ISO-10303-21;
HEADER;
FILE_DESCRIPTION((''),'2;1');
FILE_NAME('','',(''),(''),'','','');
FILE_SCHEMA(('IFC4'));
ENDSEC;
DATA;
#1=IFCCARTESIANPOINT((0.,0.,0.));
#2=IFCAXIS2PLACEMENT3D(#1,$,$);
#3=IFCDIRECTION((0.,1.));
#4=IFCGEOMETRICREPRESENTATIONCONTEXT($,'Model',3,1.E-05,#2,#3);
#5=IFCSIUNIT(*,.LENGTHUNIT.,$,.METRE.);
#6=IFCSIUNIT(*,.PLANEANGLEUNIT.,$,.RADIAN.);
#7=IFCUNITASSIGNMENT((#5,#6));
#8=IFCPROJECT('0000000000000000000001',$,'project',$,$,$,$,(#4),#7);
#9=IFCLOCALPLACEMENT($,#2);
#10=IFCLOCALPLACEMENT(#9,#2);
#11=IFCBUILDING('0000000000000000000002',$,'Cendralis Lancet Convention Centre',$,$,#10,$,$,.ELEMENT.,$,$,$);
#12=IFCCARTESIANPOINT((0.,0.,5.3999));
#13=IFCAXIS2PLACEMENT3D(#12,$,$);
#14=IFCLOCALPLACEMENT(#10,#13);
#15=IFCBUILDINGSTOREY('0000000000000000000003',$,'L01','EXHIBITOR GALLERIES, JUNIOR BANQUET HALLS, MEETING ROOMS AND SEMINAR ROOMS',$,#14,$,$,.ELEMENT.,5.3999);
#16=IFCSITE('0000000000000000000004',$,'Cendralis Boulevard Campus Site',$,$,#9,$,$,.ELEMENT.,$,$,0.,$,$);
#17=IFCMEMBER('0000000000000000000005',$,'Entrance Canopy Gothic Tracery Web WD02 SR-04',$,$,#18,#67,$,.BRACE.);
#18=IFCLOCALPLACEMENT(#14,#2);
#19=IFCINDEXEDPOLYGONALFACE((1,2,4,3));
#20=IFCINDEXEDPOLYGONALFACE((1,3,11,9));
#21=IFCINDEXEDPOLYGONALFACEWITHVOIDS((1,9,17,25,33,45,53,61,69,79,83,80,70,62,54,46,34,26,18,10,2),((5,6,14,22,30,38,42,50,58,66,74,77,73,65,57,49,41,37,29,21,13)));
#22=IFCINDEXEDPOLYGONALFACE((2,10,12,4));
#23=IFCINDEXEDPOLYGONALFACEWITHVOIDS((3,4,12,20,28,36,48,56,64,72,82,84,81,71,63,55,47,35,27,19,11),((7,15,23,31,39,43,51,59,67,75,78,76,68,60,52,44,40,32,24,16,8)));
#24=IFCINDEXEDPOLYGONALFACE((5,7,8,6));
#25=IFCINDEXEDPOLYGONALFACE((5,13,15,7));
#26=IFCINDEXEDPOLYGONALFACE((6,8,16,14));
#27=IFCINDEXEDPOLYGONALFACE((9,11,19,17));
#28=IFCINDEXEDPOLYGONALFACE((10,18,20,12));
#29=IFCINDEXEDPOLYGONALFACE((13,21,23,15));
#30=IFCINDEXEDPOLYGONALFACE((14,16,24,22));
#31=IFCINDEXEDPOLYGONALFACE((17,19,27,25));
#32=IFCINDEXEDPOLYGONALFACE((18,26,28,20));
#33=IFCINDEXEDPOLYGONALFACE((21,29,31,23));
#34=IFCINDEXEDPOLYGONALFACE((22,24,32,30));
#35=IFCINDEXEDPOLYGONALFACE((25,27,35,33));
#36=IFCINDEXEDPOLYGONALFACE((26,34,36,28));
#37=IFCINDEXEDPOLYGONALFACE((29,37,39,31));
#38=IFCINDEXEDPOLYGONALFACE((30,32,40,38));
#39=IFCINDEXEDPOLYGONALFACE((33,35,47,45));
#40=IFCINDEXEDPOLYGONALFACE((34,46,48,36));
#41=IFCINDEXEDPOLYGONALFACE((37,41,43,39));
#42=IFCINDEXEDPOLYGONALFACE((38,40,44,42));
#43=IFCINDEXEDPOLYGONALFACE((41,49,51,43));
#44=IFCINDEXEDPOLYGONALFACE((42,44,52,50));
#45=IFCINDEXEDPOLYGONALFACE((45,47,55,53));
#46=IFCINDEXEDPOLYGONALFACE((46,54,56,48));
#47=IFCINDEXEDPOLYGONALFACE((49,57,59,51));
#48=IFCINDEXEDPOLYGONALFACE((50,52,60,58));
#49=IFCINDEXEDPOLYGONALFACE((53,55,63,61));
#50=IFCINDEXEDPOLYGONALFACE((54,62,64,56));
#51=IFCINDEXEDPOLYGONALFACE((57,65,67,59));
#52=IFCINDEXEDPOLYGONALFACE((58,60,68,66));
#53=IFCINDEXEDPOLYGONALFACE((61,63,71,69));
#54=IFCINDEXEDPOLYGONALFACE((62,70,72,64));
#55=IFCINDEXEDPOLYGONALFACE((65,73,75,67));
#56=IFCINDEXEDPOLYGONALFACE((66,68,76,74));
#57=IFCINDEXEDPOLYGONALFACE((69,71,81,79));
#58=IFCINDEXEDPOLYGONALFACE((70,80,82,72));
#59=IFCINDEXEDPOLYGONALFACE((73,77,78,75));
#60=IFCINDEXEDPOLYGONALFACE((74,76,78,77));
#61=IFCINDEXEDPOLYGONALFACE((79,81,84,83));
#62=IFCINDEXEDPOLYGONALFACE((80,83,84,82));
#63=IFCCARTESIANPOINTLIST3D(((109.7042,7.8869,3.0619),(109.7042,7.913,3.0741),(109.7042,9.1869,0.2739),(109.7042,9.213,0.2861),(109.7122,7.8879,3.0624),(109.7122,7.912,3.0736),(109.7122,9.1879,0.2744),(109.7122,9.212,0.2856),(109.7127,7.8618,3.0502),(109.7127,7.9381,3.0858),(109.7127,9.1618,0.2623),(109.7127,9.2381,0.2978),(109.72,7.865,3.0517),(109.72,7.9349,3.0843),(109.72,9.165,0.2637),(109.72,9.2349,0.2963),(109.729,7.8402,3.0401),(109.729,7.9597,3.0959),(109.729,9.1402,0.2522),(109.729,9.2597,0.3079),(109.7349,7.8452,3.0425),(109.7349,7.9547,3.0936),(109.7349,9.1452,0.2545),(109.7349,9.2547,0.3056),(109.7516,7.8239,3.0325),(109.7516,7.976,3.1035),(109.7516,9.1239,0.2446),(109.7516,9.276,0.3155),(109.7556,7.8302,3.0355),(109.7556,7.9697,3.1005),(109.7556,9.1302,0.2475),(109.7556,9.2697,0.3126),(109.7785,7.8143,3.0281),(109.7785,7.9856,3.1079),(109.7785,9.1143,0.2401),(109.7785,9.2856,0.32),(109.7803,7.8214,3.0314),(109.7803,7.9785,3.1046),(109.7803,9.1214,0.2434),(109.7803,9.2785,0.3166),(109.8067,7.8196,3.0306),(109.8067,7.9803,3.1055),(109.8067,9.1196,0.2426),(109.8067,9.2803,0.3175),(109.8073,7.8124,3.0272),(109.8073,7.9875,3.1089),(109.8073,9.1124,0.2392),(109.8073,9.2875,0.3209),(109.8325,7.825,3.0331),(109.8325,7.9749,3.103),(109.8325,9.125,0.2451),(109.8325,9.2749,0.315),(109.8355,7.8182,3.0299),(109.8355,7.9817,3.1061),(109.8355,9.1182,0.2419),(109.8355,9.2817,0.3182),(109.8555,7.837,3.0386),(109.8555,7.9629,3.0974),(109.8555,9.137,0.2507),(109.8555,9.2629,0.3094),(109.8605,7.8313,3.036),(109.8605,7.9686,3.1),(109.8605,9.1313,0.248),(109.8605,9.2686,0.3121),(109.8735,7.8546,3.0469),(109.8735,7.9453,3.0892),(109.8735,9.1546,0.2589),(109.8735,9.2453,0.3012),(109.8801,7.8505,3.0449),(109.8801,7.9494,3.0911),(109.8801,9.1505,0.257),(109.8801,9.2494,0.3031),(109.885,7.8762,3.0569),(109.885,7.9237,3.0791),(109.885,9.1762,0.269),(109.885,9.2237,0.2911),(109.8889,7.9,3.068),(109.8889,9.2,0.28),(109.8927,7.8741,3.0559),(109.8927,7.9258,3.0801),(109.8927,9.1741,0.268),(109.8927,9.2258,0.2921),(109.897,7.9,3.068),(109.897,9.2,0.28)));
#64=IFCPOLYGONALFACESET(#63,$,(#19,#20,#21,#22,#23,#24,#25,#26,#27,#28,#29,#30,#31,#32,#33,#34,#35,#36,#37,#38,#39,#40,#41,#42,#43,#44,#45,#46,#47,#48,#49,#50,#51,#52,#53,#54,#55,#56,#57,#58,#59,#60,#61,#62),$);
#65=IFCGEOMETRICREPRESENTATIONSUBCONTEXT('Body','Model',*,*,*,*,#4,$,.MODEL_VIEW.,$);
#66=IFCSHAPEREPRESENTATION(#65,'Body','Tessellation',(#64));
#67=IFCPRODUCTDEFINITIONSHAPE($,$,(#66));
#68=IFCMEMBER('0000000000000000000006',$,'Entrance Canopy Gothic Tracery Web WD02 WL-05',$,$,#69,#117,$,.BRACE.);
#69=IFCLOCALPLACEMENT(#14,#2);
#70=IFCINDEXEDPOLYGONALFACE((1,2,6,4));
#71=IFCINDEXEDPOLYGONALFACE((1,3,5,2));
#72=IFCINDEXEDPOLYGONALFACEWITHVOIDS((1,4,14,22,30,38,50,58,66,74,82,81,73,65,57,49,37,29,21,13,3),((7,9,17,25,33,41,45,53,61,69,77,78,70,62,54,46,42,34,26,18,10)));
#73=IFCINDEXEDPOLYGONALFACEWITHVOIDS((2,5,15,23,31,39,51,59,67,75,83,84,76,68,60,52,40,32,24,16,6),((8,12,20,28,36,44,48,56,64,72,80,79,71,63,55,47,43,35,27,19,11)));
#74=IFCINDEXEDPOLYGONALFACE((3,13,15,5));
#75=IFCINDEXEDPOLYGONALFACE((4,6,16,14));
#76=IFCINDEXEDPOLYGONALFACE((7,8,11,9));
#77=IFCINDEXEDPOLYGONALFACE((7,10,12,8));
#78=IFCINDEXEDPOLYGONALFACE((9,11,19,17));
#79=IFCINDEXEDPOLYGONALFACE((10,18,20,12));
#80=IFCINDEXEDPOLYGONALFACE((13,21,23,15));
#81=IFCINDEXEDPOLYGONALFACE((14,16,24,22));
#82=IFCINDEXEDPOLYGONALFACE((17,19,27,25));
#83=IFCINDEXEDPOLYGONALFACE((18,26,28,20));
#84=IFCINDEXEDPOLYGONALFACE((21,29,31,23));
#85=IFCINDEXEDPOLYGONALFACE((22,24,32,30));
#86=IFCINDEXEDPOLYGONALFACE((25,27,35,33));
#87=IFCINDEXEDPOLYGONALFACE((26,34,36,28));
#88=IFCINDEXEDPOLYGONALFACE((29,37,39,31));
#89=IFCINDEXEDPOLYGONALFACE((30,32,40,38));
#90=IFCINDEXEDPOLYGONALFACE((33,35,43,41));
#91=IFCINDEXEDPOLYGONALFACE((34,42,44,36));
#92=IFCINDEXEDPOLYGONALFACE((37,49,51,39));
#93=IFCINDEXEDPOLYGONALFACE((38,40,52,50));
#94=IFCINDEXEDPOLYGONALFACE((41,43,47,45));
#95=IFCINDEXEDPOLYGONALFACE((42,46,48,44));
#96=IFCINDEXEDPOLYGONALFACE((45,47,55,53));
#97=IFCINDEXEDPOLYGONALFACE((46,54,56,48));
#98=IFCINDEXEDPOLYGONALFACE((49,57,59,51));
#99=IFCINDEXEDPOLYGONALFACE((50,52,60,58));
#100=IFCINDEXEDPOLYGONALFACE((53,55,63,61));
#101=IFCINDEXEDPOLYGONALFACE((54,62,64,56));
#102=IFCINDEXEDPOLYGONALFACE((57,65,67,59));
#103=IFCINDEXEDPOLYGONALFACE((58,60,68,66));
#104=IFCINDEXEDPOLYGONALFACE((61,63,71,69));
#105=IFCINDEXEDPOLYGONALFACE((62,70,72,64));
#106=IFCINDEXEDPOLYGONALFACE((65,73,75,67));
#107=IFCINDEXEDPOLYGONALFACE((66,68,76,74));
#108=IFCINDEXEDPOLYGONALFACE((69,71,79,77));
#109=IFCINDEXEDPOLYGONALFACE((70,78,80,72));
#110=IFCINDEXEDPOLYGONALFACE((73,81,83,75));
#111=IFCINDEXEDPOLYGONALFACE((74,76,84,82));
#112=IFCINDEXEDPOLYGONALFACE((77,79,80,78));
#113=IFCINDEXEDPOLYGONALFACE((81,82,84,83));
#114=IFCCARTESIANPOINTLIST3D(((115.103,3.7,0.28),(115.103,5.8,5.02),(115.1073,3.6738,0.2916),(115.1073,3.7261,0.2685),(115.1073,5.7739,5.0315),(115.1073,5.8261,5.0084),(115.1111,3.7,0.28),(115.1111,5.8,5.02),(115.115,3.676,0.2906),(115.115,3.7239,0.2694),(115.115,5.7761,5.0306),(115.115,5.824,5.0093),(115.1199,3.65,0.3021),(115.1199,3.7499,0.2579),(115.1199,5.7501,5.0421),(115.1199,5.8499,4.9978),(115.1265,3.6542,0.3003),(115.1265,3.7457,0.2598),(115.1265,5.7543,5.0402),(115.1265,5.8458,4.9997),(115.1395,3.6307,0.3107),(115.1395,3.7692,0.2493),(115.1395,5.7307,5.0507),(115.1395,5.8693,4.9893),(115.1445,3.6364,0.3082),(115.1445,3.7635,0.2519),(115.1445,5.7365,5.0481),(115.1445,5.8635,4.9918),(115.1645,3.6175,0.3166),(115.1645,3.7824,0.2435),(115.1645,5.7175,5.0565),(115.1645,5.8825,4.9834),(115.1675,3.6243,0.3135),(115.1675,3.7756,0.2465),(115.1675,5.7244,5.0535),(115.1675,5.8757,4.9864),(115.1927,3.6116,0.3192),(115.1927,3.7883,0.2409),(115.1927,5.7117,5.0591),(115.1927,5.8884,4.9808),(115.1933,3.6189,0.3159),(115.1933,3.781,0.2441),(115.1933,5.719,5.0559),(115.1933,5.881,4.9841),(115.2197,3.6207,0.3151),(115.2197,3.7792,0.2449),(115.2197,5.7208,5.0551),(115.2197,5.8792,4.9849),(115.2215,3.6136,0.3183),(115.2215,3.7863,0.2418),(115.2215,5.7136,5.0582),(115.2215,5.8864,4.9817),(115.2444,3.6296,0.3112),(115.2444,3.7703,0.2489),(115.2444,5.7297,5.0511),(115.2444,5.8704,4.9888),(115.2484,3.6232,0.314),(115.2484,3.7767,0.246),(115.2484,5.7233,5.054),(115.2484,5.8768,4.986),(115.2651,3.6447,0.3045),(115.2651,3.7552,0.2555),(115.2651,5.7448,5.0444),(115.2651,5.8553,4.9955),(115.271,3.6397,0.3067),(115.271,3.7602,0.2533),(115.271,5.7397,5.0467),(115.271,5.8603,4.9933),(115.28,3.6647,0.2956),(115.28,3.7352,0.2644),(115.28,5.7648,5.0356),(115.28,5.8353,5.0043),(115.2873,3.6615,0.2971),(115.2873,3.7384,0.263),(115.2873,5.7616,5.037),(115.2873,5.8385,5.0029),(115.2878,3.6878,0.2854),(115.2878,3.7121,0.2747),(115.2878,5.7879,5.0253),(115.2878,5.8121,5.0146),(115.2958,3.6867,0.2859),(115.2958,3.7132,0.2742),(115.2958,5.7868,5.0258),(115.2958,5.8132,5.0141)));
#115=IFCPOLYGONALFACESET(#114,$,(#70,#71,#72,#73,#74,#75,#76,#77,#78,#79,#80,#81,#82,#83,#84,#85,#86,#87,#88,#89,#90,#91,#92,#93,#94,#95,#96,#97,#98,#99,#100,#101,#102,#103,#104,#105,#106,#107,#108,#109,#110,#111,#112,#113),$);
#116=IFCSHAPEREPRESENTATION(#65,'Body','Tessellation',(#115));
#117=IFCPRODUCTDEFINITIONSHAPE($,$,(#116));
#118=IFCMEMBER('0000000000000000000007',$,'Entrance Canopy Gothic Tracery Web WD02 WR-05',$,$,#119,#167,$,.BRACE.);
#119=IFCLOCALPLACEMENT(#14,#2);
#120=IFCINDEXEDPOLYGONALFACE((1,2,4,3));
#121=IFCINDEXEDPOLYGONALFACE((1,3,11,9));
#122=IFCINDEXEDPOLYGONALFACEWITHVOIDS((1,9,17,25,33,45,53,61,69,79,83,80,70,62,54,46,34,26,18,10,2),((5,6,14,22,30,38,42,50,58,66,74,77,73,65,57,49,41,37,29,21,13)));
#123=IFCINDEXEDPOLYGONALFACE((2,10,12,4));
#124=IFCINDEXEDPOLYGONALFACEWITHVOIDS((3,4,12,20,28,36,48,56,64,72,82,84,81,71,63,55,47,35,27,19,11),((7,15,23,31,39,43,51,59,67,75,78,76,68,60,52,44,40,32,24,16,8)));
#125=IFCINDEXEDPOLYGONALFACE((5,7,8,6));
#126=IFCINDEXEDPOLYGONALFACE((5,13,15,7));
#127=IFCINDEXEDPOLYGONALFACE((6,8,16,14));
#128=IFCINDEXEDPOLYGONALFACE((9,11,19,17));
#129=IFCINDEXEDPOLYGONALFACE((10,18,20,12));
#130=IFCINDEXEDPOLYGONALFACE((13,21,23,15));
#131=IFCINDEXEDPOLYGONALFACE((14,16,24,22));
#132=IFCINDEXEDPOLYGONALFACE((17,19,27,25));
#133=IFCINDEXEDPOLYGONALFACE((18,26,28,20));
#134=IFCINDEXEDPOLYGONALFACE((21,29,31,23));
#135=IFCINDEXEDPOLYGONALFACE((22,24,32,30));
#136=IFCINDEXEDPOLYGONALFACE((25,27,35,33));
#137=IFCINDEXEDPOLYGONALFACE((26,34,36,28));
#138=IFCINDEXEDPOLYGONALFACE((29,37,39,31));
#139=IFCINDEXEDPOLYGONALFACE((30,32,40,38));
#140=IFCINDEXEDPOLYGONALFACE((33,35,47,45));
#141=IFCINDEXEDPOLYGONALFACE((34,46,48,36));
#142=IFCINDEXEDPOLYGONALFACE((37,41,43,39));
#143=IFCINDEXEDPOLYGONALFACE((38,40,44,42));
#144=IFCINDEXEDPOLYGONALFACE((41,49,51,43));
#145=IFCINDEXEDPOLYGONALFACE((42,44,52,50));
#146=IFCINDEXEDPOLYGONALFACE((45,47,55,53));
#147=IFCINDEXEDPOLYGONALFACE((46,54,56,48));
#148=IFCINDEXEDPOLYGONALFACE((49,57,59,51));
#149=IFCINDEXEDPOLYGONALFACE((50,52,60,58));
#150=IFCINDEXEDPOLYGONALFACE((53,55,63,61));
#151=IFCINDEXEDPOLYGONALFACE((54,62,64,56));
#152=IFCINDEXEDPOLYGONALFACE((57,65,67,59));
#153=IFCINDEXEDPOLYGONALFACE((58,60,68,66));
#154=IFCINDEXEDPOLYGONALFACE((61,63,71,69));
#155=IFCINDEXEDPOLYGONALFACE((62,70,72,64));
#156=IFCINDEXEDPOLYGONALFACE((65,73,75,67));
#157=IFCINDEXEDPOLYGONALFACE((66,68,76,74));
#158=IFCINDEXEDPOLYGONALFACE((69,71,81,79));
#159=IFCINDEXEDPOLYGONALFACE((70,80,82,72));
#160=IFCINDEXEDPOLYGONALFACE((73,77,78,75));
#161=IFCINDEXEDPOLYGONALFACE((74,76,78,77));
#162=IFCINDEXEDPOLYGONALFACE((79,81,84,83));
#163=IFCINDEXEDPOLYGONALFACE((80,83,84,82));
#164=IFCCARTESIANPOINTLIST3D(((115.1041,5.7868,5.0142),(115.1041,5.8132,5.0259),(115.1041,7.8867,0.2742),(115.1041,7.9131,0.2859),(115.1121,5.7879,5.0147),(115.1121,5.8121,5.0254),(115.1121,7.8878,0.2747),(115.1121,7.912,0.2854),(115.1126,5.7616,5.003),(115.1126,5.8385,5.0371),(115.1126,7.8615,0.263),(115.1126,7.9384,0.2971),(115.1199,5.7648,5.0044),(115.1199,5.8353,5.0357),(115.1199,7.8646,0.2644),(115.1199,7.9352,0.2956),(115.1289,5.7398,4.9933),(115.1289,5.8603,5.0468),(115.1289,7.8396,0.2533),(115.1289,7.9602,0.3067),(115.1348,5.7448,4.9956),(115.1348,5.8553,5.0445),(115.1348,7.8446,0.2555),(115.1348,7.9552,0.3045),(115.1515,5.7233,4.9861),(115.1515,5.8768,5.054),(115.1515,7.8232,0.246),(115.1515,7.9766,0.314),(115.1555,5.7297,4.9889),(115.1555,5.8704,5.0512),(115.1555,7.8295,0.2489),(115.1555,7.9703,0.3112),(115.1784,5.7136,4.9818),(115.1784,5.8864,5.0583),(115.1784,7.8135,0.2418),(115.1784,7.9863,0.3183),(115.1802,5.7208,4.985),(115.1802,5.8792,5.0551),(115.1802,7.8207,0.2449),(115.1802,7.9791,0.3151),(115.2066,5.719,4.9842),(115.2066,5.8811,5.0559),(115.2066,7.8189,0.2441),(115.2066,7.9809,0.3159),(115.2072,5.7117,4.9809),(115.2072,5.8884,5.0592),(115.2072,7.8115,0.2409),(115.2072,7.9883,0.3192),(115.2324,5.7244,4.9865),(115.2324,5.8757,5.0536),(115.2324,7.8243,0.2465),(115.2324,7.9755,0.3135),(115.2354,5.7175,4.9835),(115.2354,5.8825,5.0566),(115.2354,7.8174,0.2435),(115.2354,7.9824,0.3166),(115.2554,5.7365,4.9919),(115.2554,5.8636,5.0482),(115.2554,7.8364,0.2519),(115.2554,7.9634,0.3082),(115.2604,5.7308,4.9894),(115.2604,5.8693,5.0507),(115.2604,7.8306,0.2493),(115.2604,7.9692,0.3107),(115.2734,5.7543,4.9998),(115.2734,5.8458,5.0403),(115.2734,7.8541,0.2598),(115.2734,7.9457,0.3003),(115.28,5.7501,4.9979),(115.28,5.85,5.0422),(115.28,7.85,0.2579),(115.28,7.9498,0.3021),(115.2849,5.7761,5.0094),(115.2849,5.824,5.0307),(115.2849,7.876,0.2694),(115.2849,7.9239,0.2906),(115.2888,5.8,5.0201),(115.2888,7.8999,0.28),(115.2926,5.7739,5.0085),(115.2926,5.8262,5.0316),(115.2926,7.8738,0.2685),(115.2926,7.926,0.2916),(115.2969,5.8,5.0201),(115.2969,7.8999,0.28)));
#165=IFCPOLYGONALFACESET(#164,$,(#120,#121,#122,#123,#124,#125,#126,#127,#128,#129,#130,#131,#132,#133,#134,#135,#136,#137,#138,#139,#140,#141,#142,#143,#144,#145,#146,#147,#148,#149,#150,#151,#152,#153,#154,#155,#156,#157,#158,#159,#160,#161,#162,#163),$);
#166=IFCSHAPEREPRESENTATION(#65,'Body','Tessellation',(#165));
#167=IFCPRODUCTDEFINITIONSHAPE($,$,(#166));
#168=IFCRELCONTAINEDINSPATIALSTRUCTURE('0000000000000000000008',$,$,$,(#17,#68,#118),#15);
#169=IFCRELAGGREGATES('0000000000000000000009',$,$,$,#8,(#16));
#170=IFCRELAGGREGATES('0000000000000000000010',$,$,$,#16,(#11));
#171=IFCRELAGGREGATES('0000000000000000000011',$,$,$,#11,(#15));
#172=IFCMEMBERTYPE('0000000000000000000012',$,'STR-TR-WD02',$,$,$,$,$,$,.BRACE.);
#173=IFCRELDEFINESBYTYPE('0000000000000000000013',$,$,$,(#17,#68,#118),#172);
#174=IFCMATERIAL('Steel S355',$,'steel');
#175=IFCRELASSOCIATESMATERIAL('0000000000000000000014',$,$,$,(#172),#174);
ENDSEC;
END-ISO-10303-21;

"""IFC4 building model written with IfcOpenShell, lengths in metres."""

from ifc_helpers import new_model, si_unit, direction, frame, origin, origin_2d, place, context, subcontext, project, spatial, hollow_circle, extrude, material, material_profile, profile_set, type_object, element, save


model = new_model("IFC4")

# Units and contexts
model_context = context("Model", 3, precision=1e-05, world=origin(), true_north=direction((0.0, 1.0)))
body_context = subcontext(model_context, "Body", "Model", "MODEL_VIEW")
ifc_project = project(units=[si_unit("LENGTHUNIT", "METRE"), si_unit("PLANEANGLEUNIT", "RADIAN")], contexts=[model_context])

# Site, building, storey
site_placement = place(None, origin())
site = spatial("IfcSite", under=ifc_project, at=site_placement, Name="Cendralis Boulevard Campus Site", CompositionType="ELEMENT", RefElevation=0.0)
building_placement = place(site_placement, origin())
building = spatial("IfcBuilding", under=site, at=building_placement, Name="Cendralis Lancet Convention Centre", CompositionType="ELEMENT")
storey_placement = place(building_placement, frame((0.0, 0.0, 5.3999)))
storey = spatial("IfcBuildingStorey", under=building, at=storey_placement, Name="L01", Description="EXHIBITOR GALLERIES, JUNIOR BANQUET HALLS, MEETING ROOMS AND SEMINAR ROOMS", CompositionType="ELEMENT", Elevation=5.3999)

# Members
ifc_material_1 = material(Name="Steel S355", Category="steel")
ifc_material_profile_1 = material_profile(ifc_material_1, hollow_circle(Radius=0.0969, WallThickness=0.0081, at=origin_2d()), Name="CHS 193.7x8.0")
ifc_profile_set_1 = profile_set([ifc_material_profile_1], Name="Steel S355")
member_type_1 = type_object("IfcMemberType", Name="STR-TR-WD02", PredefinedType="BRACE", material=ifc_profile_set_1)
member_1_placement = place(storey_placement, frame((109.8, 9.2, 0.28), z_axis=(0.0, -0.422603, 0.906315), x_axis=(1.0, 0.0, 0.0)))
element("IfcMember", 1, at=member_1_placement, inside=storey, type_object=member_type_1, Name="Entrance Canopy Gothic Tracery Web WD02 SR-04", PredefinedType="BRACE", context=body_context, shape_type="SweptSolid", body=[
    extrude(hollow_circle(Radius=0.0969, WallThickness=0.0081, at=origin_2d()), origin(), (0.0, 0.0, 1.0), 3.0762),
])
for number, where, z_axis, x_axis, name in (
    (2, (115.2, 3.7, 0.28), (0.0, 0.405081, 0.914281), (-1.0, 0.0, 0.0), "Entrance Canopy Gothic Tracery Web WD02 WL-05"),
    (3, (115.2, 7.8999, 0.28), (0.0, -0.405041, 0.914298), (1.0, 0.0, 0.0), "Entrance Canopy Gothic Tracery Web WD02 WR-05"),
):
    element("IfcMember", number, at=place(storey_placement, frame(where, z_axis=z_axis, x_axis=x_axis)), inside=storey, type_object=member_type_1, Name=name, PredefinedType="BRACE", context=body_context, shape_type="SweptSolid", body=[
        extrude(hollow_circle(Radius=0.0969, WallThickness=0.0081, at=origin_2d()), origin(), (0.0, 0.0, 1.0), 5.1843),
    ])

save(model, "model.ifc")
